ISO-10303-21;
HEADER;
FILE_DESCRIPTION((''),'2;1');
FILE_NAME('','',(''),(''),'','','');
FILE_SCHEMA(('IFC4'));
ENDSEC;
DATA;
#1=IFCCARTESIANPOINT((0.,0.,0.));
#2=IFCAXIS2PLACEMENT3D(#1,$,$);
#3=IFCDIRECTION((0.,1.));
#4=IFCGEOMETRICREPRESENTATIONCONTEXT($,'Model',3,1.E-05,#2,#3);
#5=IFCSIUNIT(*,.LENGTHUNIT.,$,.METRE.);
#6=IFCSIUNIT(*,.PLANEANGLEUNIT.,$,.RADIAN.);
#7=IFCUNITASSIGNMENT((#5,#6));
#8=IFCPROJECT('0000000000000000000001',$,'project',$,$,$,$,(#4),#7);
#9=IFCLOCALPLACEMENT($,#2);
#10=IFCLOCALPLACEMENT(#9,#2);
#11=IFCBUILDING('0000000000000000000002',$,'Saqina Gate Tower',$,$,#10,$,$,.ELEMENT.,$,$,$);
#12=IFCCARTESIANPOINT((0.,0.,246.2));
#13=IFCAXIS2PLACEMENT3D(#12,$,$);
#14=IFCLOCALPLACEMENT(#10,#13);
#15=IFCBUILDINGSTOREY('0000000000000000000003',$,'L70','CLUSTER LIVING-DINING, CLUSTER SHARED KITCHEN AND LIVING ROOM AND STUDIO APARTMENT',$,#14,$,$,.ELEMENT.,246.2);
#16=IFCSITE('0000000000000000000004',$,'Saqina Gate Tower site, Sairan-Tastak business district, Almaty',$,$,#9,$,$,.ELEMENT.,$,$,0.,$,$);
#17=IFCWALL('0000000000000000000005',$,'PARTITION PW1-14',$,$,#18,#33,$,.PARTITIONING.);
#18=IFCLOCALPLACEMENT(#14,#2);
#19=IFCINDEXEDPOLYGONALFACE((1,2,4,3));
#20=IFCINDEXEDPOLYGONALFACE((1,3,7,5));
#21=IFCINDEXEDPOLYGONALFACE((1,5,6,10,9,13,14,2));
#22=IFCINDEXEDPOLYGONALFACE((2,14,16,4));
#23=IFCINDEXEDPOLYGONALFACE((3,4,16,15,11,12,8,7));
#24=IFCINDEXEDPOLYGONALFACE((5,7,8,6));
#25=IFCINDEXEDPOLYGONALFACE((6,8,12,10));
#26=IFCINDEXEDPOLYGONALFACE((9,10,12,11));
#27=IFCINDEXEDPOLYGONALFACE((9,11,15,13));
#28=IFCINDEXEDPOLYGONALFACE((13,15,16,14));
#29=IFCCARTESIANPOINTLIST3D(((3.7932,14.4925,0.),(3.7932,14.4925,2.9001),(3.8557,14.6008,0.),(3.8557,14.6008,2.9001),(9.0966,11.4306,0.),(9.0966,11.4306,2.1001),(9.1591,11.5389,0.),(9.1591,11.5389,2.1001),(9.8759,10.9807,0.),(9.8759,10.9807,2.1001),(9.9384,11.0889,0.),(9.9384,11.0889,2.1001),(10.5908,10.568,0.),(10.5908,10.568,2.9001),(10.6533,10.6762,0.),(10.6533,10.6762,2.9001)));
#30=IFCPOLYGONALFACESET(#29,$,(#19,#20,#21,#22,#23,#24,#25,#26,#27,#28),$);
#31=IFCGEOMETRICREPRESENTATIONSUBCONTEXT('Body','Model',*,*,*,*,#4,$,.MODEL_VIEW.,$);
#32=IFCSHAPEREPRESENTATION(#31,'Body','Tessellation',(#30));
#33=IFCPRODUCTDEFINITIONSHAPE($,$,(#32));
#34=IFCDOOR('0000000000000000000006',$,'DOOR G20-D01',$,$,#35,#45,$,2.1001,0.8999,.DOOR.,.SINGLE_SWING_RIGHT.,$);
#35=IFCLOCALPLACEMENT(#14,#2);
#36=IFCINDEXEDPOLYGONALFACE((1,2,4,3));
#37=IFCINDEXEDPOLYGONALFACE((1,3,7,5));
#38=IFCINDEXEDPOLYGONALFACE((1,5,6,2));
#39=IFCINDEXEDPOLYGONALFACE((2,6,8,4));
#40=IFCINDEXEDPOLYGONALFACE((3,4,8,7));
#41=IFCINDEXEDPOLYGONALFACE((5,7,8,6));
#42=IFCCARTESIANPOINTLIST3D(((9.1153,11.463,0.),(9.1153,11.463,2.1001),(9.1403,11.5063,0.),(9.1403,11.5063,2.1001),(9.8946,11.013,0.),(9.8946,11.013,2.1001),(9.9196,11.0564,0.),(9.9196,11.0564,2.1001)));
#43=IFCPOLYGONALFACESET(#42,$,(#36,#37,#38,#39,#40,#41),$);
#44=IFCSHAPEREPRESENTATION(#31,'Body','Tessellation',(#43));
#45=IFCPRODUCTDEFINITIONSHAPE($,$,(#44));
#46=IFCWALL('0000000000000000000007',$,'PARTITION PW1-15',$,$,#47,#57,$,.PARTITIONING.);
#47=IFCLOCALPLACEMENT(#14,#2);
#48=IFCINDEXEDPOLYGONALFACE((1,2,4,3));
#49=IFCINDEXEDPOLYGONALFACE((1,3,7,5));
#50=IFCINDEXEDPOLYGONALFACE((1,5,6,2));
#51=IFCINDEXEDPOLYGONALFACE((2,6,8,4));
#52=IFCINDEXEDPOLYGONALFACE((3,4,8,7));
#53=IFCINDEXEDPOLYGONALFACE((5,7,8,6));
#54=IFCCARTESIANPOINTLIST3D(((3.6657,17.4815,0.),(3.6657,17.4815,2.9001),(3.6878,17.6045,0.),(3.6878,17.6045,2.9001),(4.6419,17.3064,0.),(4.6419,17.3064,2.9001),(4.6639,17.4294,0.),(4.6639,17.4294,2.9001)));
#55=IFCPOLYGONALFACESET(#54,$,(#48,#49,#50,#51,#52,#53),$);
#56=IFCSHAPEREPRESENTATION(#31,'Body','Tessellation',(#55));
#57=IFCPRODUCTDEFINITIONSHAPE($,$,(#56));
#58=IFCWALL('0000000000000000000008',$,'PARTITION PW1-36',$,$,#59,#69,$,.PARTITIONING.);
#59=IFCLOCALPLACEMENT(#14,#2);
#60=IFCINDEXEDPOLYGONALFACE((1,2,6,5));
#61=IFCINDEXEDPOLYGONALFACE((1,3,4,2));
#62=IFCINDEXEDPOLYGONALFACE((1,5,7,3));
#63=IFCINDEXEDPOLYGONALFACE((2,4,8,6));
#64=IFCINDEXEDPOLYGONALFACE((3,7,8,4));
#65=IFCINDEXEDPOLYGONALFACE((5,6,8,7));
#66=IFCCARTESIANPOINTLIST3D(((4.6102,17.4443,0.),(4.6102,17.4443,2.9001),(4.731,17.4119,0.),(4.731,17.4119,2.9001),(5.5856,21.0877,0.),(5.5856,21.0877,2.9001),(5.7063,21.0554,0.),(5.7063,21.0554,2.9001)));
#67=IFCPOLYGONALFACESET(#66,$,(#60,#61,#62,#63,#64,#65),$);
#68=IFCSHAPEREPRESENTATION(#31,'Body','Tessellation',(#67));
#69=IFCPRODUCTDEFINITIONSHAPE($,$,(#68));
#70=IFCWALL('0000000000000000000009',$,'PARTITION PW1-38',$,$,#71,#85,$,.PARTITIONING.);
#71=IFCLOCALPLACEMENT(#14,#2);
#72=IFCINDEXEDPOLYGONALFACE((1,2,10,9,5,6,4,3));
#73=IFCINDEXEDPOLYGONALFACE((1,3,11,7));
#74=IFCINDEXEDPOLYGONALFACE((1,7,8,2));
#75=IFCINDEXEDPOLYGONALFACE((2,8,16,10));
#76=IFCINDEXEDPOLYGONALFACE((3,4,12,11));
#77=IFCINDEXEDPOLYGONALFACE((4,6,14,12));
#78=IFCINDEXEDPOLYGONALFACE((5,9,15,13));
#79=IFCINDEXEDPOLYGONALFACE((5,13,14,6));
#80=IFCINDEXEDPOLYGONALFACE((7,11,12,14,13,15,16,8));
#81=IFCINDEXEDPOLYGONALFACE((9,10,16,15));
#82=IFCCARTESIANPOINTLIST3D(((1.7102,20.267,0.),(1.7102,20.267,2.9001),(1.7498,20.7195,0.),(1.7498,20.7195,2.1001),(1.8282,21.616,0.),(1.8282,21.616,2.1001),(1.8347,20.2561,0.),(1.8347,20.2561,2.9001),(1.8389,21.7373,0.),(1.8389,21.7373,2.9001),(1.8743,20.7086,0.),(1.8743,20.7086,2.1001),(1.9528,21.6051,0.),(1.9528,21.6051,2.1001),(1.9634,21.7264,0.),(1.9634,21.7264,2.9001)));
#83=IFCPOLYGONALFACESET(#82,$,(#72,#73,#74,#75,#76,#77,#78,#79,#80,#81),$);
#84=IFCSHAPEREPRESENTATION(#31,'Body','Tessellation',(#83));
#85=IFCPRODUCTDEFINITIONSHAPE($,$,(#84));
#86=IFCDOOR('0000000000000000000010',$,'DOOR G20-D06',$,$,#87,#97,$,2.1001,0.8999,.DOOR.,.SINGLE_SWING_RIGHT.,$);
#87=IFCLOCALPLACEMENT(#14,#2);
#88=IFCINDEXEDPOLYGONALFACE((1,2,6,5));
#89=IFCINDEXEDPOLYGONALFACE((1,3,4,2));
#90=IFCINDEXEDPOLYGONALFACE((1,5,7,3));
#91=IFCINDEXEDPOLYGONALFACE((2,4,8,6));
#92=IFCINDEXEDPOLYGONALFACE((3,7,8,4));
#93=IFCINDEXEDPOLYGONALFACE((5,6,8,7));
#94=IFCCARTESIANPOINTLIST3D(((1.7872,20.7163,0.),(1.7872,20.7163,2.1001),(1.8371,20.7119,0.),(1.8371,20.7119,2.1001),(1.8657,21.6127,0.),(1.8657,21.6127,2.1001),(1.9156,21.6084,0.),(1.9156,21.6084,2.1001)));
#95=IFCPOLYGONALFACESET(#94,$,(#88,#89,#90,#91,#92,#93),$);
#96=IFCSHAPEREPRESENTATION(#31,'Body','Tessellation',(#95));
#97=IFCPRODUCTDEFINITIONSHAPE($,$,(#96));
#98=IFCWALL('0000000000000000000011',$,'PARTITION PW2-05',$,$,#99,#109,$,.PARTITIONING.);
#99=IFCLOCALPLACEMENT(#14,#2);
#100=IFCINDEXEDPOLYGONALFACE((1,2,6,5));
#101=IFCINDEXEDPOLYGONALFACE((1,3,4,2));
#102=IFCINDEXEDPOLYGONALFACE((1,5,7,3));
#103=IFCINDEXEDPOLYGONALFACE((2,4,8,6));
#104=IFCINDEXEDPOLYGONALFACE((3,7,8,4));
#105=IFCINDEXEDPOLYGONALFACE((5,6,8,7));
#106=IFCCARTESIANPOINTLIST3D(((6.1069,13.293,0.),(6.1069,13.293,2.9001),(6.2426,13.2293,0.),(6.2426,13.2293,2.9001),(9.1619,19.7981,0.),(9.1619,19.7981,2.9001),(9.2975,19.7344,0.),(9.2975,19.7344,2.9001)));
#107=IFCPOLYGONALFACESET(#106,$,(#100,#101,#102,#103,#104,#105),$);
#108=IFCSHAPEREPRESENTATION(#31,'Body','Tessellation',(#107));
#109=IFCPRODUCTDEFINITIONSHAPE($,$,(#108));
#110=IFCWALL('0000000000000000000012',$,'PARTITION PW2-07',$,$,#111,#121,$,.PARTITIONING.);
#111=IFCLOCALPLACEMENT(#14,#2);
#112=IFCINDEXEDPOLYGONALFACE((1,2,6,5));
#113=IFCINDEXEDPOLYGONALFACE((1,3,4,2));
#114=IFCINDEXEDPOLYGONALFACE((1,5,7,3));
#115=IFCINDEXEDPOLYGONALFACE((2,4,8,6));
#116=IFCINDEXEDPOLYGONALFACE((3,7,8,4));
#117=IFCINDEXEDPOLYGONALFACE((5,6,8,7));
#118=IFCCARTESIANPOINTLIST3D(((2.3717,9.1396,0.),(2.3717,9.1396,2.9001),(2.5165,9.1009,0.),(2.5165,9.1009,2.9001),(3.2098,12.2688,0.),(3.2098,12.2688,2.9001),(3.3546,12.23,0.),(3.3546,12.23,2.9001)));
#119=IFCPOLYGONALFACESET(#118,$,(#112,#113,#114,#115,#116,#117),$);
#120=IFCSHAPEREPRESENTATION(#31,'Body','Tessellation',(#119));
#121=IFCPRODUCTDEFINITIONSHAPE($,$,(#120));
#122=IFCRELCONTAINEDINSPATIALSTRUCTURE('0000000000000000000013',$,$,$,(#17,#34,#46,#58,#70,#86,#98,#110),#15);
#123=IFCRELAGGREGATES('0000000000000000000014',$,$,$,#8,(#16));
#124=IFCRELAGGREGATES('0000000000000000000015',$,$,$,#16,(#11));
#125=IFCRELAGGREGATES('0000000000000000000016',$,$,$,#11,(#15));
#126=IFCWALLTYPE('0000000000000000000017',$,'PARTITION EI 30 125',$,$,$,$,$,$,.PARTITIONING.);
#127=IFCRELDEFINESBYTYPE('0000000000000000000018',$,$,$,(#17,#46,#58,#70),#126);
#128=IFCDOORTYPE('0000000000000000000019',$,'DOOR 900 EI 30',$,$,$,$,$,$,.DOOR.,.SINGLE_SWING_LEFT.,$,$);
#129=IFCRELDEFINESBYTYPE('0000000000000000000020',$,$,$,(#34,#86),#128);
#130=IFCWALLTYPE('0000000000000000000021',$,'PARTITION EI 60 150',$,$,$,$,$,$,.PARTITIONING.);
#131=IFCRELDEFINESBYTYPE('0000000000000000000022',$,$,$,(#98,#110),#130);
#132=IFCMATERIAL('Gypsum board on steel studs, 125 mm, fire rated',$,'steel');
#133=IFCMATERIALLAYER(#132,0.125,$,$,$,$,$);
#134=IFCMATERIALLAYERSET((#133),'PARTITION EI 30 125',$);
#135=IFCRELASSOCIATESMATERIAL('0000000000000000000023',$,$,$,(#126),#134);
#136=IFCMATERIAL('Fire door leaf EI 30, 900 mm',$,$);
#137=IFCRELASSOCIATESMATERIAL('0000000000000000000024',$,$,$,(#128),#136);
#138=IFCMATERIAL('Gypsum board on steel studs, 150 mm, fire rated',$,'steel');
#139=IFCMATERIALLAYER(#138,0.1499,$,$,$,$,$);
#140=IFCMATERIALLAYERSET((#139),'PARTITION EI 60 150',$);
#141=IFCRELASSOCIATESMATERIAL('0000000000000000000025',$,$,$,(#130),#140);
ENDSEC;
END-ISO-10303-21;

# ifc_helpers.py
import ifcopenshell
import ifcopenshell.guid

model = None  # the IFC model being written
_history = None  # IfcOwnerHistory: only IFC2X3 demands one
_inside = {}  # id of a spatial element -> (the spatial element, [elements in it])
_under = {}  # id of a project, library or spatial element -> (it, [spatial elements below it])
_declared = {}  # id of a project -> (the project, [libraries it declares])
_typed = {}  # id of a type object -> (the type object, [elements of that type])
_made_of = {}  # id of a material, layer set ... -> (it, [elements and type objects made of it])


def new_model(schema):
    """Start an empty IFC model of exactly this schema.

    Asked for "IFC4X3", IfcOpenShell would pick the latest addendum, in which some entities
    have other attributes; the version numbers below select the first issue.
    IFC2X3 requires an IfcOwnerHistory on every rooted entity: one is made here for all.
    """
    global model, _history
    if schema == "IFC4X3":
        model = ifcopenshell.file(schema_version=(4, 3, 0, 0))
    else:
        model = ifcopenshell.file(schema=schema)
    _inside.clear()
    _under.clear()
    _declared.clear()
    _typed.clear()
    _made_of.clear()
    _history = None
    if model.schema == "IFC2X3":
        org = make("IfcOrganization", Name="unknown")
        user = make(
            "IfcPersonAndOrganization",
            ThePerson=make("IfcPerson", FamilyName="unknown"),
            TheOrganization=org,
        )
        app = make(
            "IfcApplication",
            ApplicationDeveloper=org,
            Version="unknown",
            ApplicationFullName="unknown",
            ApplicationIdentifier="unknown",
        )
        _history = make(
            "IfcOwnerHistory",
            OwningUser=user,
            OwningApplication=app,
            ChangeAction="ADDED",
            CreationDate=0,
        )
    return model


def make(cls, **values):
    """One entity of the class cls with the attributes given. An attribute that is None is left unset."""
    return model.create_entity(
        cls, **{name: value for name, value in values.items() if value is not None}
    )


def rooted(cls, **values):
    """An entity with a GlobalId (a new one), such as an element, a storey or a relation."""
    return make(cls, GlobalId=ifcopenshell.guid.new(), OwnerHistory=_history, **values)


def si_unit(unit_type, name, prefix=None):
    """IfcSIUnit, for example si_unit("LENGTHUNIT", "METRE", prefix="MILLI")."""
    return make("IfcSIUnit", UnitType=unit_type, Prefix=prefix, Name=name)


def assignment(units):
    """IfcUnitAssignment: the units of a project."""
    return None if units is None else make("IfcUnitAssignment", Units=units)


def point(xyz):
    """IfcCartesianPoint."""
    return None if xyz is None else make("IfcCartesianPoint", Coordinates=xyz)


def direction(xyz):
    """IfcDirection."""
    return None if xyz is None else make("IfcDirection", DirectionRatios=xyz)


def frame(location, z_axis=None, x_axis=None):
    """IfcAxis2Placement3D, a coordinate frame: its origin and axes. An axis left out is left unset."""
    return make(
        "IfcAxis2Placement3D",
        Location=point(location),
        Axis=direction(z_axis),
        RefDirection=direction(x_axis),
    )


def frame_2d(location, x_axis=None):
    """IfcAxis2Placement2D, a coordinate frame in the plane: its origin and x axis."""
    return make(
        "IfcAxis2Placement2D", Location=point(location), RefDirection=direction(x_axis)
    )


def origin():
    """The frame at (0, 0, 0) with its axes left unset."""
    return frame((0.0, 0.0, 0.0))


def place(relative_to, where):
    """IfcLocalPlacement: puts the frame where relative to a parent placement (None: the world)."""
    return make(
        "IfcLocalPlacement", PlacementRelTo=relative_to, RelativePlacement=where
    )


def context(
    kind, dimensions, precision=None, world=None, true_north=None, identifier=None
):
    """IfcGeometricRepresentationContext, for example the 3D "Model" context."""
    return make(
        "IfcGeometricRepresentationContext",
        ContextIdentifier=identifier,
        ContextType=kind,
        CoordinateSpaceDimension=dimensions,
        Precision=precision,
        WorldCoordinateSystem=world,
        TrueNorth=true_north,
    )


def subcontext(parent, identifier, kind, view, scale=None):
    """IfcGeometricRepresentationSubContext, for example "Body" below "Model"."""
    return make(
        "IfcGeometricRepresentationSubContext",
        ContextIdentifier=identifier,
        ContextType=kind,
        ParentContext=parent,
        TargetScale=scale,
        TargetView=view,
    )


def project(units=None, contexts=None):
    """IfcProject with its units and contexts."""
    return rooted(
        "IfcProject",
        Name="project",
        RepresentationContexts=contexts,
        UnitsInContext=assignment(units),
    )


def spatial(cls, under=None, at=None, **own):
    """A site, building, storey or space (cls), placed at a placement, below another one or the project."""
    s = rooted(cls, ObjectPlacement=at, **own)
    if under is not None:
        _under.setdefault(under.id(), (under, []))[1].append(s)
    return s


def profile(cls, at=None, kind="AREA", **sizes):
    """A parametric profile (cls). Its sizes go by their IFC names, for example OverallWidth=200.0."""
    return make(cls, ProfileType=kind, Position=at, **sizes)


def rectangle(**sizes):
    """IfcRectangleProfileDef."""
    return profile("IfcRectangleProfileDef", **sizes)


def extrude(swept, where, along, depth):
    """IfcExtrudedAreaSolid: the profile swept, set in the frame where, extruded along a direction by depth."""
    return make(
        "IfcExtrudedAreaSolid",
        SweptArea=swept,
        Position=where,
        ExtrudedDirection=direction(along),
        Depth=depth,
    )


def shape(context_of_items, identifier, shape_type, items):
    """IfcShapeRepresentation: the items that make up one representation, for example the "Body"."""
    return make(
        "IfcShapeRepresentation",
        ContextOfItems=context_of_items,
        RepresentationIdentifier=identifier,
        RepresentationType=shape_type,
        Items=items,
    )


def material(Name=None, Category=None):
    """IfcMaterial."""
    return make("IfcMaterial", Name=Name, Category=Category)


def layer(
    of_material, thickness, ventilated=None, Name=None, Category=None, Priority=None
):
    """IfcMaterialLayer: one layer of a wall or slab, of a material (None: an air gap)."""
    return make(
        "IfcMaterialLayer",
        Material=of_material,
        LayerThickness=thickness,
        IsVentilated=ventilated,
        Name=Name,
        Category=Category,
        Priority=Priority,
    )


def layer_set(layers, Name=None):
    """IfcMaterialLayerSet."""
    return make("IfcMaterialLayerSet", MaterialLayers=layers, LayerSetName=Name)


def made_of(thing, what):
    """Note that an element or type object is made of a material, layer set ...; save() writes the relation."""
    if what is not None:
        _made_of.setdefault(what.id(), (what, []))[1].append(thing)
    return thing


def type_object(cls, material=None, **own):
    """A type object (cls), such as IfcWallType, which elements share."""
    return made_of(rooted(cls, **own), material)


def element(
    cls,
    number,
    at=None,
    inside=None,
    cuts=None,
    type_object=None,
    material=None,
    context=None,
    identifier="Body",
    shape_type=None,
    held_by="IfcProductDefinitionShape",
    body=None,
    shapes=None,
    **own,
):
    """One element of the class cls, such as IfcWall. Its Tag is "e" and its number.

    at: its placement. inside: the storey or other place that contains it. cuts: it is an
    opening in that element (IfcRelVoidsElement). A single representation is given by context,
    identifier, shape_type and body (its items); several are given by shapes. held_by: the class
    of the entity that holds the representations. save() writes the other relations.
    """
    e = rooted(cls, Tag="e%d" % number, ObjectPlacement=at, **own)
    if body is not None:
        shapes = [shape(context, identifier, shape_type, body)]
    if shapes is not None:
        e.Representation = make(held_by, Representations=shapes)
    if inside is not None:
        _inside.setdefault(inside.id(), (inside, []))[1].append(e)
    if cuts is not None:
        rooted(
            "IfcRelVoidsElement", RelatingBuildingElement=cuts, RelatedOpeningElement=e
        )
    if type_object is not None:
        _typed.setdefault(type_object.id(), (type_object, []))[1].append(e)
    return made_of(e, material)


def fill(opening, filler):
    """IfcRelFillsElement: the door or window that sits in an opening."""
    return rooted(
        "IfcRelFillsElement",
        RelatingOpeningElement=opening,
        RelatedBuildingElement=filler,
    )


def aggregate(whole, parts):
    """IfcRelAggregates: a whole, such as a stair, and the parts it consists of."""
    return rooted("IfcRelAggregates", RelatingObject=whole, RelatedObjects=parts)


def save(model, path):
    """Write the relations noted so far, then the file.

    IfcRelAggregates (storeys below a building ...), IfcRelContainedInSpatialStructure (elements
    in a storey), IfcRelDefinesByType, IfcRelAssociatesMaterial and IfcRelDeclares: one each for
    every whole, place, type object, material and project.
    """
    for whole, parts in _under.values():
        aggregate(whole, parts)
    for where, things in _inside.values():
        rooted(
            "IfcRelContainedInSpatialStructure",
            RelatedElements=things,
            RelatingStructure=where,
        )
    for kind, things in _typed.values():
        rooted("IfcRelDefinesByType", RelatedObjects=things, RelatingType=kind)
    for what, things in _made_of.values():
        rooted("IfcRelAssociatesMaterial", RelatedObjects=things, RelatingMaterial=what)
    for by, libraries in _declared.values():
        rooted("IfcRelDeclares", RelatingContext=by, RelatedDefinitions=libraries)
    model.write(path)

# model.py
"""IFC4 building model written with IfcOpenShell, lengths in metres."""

from ifc_helpers import new_model, si_unit, direction, frame, frame_2d, origin, place, context, subcontext, project, spatial, rectangle, extrude, material, layer, layer_set, type_object, element, fill, save


model = new_model("IFC4")

# Units and contexts
model_context = context("Model", 3, precision=1e-05, world=origin(), true_north=direction((0.0, 1.0)))
body_context = subcontext(model_context, "Body", "Model", "MODEL_VIEW")
ifc_project = project(units=[si_unit("LENGTHUNIT", "METRE"), si_unit("PLANEANGLEUNIT", "RADIAN")], contexts=[model_context])

# Site, building, storey
site_placement = place(None, origin())
site = spatial("IfcSite", under=ifc_project, at=site_placement, Name="Saqina Gate Tower site, Sairan-Tastak business district, Almaty", CompositionType="ELEMENT", RefElevation=0.0)
building_placement = place(site_placement, origin())
building = spatial("IfcBuilding", under=site, at=building_placement, Name="Saqina Gate Tower", CompositionType="ELEMENT")
storey_placement = place(building_placement, frame((0.0, 0.0, 246.2)))
storey = spatial("IfcBuildingStorey", under=building, at=storey_placement, Name="L70", Description="CLUSTER LIVING-DINING, CLUSTER SHARED KITCHEN AND LIVING ROOM AND STUDIO APARTMENT", CompositionType="ELEMENT", Elevation=246.2)

# Wall, opening, door
ifc_material_1 = material(Name="Gypsum board on steel studs, 125 mm, fire rated", Category="steel")
ifc_layer_1 = layer(ifc_material_1, 0.125)
ifc_layer_set_1 = layer_set([ifc_layer_1], Name="PARTITION EI 30 125")
wall_type_1 = type_object("IfcWallType", Name="PARTITION EI 30 125", PredefinedType="PARTITIONING", material=ifc_layer_set_1)
wall_1_placement = place(storey_placement, frame((3.8245, 14.5466, 0.0), z_axis=(0.0, 0.0, 1.0), x_axis=(0.866028, -0.499996, 0.0)))
wall_1 = element("IfcWall", 1, at=wall_1_placement, inside=storey, type_object=wall_type_1, Name="PARTITION PW1-14", PredefinedType="PARTITIONING", context=body_context, shape_type="SweptSolid", body=[
    extrude(rectangle(XDim=7.8491, YDim=0.125, at=frame_2d((3.9246, 0.0))), origin(), (0.0, 0.0, 1.0), 2.9001),
])
opening_1_placement = place(wall_1_placement, frame((6.1238, 0.0, 0.0)))
opening_1 = element("IfcOpeningElement", 2, at=opening_1_placement, cuts=wall_1, PredefinedType="OPENING", context=body_context, shape_type="SweptSolid", body=[
    extrude(rectangle(XDim=0.8999, YDim=2.1001, at=frame_2d((0.45, 1.05))), frame((0.0, 0.0745, 0.0), z_axis=(0.0, -1.0, 0.0), x_axis=(1.0, 0.0, 0.0)), (0.0, 0.0, 1.0), 0.1489),
])
ifc_material_2 = material(Name="Fire door leaf EI 30, 900 mm")
door_type_1 = type_object("IfcDoorType", Name="DOOR 900 EI 30", OperationType="SINGLE_SWING_LEFT", PredefinedType="DOOR", material=ifc_material_2)
door_1_placement = place(opening_1_placement, origin())
door_1 = element("IfcDoor", 3, at=door_1_placement, inside=storey, type_object=door_type_1, Name="DOOR G20-D01", OperationType="SINGLE_SWING_RIGHT", OverallHeight=2.1001, OverallWidth=0.8999, PredefinedType="DOOR", context=body_context, shape_type="SweptSolid", body=[
    extrude(rectangle(XDim=0.8999, YDim=2.1001, at=frame_2d((0.45, 1.05))), frame((0.0, 0.0249, 0.0), z_axis=(0.0, -1.0, 0.0), x_axis=(1.0, 0.0, 0.0)), (0.0, 0.0, 1.0), 0.05),
])
fill(opening_1, door_1)

# Walls
wall_2_placement = place(storey_placement, frame((3.6768, 17.543, 0.0), z_axis=(0.0, 0.0, 1.0), x_axis=(0.984296, -0.176523, 0.0)))
element("IfcWall", 4, at=wall_2_placement, inside=storey, type_object=wall_type_1, Name="PARTITION PW1-15", PredefinedType="PARTITIONING", context=body_context, shape_type="SweptSolid", body=[
    extrude(rectangle(XDim=0.9917, YDim=0.125, at=frame_2d((0.4958, 0.0))), origin(), (0.0, 0.0, 1.0), 2.9001),
])
wall_3_placement = place(storey_placement, frame((4.6707, 17.4282, 0.0), z_axis=(0.0, 0.0, 1.0), x_axis=(0.258585, 0.965988, 0.0)))
element("IfcWall", 5, at=wall_3_placement, inside=storey, type_object=wall_type_1, Name="PARTITION PW1-36", PredefinedType="PARTITIONING", context=body_context, shape_type="SweptSolid", body=[
    extrude(rectangle(XDim=3.7717, YDim=0.125, at=frame_2d((1.8857, 0.0))), origin(), (0.0, 0.0, 1.0), 2.9001),
])

# Wall, opening, door
wall_4_placement = place(storey_placement, frame((1.7725, 20.2617, 0.0), z_axis=(0.0, 0.0, 1.0), x_axis=(0.087179, 0.996193, 0.0)))
wall_4 = element("IfcWall", 6, at=wall_4_placement, inside=storey, type_object=wall_type_1, Name="PARTITION PW1-38", PredefinedType="PARTITIONING", context=body_context, shape_type="SweptSolid", body=[
    extrude(rectangle(XDim=1.4758, YDim=0.125, at=frame_2d((0.7378, 0.0))), origin(), (0.0, 0.0, 1.0), 2.9001),
])
opening_2_placement = place(wall_4_placement, frame((0.4541, 0.0, 0.0)))
opening_2 = element("IfcOpeningElement", 7, at=opening_2_placement, cuts=wall_4, PredefinedType="OPENING", context=body_context, shape_type="SweptSolid", body=[
    extrude(rectangle(XDim=0.8999, YDim=2.1001, at=frame_2d((0.45, 1.05))), frame((0.0, 0.0745, 0.0), z_axis=(0.0, -1.0, 0.0), x_axis=(1.0, 0.0, 0.0)), (0.0, 0.0, 1.0), 0.1489),
])
door_2_placement = place(opening_2_placement, origin())
door_2 = element("IfcDoor", 8, at=door_2_placement, inside=storey, type_object=door_type_1, Name="DOOR G20-D06", OperationType="SINGLE_SWING_RIGHT", OverallHeight=2.1001, OverallWidth=0.8999, PredefinedType="DOOR", context=body_context, shape_type="SweptSolid", body=[
    extrude(rectangle(XDim=0.8999, YDim=2.1001, at=frame_2d((0.45, 1.05))), frame((0.0, 0.0249, 0.0), z_axis=(0.0, -1.0, 0.0), x_axis=(1.0, 0.0, 0.0)), (0.0, 0.0, 1.0), 0.05),
])
fill(opening_2, door_2)

# Walls
ifc_material_3 = material(Name="Gypsum board on steel studs, 150 mm, fire rated", Category="steel")
ifc_layer_2 = layer(ifc_material_3, 0.1499)
ifc_layer_set_2 = layer_set([ifc_layer_2], Name="PARTITION EI 60 150")
wall_type_2 = type_object("IfcWallType", Name="PARTITION EI 60 150", PredefinedType="PARTITIONING", material=ifc_layer_set_2)
wall_5_placement = place(storey_placement, frame((6.1748, 13.2612, 0.0), z_axis=(0.0, 0.0, 1.0), x_axis=(0.425079, 0.905156, 0.0)))
element("IfcWall", 9, at=wall_5_placement, inside=storey, type_object=wall_type_2, Name="PARTITION PW2-05", PredefinedType="PARTITIONING", context=body_context, shape_type="SweptSolid", body=[
    extrude(rectangle(XDim=7.1868, YDim=0.1499, at=frame_2d((3.5933, 0.0))), origin(), (0.0, 0.0, 1.0), 2.9001),
])
wall_6_placement = place(storey_placement, frame((2.4441, 9.1204, 0.0), z_axis=(0.0, 0.0, 1.0), x_axis=(0.258727, 0.96595, 0.0)))
element("IfcWall", 10, at=wall_6_placement, inside=storey, type_object=wall_type_2, Name="PARTITION PW2-07", PredefinedType="PARTITIONING", context=body_context, shape_type="SweptSolid", body=[
    extrude(rectangle(XDim=3.2395, YDim=0.1499, at=frame_2d((1.6196, 0.0))), origin(), (0.0, 0.0, 1.0), 2.9001),
])

save(model, "model.ifc")
